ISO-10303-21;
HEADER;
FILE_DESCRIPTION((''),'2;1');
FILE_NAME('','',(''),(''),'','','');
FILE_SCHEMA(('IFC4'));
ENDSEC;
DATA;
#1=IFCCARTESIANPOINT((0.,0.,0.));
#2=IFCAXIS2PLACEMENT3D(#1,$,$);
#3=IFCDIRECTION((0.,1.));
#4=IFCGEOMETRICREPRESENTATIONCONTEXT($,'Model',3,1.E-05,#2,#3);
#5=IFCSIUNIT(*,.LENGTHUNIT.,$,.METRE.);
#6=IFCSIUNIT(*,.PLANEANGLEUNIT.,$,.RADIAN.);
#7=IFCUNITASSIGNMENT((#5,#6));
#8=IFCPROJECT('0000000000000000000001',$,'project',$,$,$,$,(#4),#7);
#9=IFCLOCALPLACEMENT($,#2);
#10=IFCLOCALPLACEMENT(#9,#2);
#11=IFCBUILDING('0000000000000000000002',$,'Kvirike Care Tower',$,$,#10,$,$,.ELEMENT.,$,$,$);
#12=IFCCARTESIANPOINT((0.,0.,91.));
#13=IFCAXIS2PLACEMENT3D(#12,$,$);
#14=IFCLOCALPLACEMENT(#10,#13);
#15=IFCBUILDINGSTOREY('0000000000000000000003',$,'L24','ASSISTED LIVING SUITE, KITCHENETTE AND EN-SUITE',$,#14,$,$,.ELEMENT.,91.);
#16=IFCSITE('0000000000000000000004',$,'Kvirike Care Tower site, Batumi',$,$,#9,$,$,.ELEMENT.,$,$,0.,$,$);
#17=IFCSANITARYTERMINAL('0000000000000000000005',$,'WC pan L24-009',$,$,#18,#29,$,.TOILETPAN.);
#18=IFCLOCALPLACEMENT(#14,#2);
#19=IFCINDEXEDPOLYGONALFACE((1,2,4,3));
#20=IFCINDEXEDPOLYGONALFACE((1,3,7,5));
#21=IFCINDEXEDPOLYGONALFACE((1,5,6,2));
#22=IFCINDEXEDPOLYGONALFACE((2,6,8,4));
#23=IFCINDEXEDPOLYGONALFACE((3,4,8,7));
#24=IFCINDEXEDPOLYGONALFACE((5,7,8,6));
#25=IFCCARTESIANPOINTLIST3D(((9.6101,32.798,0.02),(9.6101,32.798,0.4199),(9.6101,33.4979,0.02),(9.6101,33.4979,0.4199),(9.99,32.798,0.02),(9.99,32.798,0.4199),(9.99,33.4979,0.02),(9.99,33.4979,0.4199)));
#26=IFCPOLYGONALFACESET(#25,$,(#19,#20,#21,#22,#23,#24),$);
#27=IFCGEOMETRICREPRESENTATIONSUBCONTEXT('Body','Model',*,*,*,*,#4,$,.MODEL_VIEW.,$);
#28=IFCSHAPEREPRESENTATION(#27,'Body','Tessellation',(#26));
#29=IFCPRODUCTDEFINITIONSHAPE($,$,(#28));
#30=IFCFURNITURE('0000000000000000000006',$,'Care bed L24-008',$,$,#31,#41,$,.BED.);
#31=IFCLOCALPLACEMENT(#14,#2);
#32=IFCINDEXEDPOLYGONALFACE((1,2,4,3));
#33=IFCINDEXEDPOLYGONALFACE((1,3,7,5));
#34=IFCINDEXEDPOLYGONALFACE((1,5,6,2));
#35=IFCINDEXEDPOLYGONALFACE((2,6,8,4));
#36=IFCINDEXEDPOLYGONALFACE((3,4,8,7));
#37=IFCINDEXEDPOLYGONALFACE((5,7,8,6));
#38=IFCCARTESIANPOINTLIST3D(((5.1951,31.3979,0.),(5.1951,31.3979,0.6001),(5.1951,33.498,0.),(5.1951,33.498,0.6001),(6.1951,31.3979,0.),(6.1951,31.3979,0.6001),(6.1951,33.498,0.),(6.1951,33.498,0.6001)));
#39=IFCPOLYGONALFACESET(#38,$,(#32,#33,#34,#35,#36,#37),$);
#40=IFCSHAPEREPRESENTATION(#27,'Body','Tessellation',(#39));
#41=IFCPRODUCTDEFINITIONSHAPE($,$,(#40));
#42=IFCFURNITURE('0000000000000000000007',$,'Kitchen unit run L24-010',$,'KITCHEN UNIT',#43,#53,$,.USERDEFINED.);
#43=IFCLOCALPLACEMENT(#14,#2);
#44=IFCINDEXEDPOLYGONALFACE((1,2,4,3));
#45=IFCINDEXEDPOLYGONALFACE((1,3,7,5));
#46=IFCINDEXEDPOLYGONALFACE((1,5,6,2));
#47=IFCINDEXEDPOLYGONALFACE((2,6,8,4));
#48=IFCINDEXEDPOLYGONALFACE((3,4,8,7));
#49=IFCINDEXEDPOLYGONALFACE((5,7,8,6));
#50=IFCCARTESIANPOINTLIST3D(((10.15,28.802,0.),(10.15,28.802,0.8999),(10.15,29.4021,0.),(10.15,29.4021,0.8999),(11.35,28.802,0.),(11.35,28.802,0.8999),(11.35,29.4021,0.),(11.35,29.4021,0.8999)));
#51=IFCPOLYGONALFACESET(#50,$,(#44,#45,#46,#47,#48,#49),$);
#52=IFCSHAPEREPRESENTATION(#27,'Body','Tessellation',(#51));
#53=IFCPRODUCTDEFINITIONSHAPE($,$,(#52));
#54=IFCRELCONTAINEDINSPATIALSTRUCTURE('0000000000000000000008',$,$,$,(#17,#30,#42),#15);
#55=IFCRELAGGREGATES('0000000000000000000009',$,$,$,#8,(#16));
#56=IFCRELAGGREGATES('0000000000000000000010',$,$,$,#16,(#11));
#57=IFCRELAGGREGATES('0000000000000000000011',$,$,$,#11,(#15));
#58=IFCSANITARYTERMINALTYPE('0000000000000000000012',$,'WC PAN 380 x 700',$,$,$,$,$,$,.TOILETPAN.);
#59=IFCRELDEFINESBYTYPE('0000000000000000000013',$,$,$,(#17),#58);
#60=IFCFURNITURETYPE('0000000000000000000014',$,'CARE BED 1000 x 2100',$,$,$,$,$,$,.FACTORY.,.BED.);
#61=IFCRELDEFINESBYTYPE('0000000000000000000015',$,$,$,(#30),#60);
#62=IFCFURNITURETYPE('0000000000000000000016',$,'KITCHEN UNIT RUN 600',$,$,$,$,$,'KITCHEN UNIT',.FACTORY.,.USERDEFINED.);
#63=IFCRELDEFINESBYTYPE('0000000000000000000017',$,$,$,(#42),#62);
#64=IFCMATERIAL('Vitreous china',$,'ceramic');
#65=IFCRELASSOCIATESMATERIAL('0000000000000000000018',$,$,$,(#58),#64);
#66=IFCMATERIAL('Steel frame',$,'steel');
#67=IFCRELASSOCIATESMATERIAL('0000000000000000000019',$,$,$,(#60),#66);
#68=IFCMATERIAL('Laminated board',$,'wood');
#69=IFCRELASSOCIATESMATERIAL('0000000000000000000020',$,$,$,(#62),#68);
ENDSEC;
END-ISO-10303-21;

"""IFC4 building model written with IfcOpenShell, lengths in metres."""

from ifc_helpers import new_model, si_unit, direction, frame, origin, origin_2d, place, context, subcontext, project, spatial, rectangle, extrude, material, type_object, element, save


model = new_model("IFC4")

# Units and contexts
model_context = context("Model", 3, precision=1e-05, world=origin(), true_north=direction((0.0, 1.0)))
body_context = subcontext(model_context, "Body", "Model", "MODEL_VIEW")
ifc_project = project(units=[si_unit("LENGTHUNIT", "METRE"), si_unit("PLANEANGLEUNIT", "RADIAN")], contexts=[model_context])

# Site, building, storey
site_placement = place(None, origin())
site = spatial("IfcSite", under=ifc_project, at=site_placement, Name="Kvirike Care Tower site, Batumi", CompositionType="ELEMENT", RefElevation=0.0)
building_placement = place(site_placement, origin())
building = spatial("IfcBuilding", under=site, at=building_placement, Name="Kvirike Care Tower", CompositionType="ELEMENT")
storey_placement = place(building_placement, frame((0.0, 0.0, 91.0)))
storey = spatial("IfcBuildingStorey", under=building, at=storey_placement, Name="L24", Description="ASSISTED LIVING SUITE, KITCHENETTE AND EN-SUITE", CompositionType="ELEMENT", Elevation=91.0)

# Sanitary terminal
ifc_material_1 = material(Name="Vitreous china", Category="ceramic")
sanitary_terminal_type_1 = type_object("IfcSanitaryTerminalType", Name="WC PAN 380 x 700", PredefinedType="TOILETPAN", material=ifc_material_1)
sanitary_terminal_1_placement = place(storey_placement, frame((9.8, 33.1479, 0.02), z_axis=(0.0, 0.0, 1.0), x_axis=(1.0, 0.0, 0.0)))
element("IfcSanitaryTerminal", 1, at=sanitary_terminal_1_placement, inside=storey, type_object=sanitary_terminal_type_1, Name="WC pan L24-009", PredefinedType="TOILETPAN", context=body_context, shape_type="SweptSolid", body=[
    extrude(rectangle(XDim=0.3799, YDim=0.7, at=origin_2d()), origin(), (0.0, 0.0, 1.0), 0.3999),
])

# Furniture
ifc_material_2 = material(Name="Steel frame", Category="steel")
furniture_type_1 = type_object("IfcFurnitureType", Name="CARE BED 1000 x 2100", AssemblyPlace="FACTORY", PredefinedType="BED", material=ifc_material_2)
furniture_1_placement = place(storey_placement, frame((5.6951, 32.448, 0.0), z_axis=(0.0, 0.0, 1.0), x_axis=(1.0, 0.0, 0.0)))
element("IfcFurniture", 2, at=furniture_1_placement, inside=storey, type_object=furniture_type_1, Name="Care bed L24-008", PredefinedType="BED", context=body_context, shape_type="SweptSolid", body=[
    extrude(rectangle(XDim=1.0, YDim=2.1001, at=origin_2d()), origin(), (0.0, 0.0, 1.0), 0.6001),
])
ifc_material_3 = material(Name="Laminated board", Category="wood")
furniture_type_2 = type_object("IfcFurnitureType", Name="KITCHEN UNIT RUN 600", ElementType="KITCHEN UNIT", AssemblyPlace="FACTORY", PredefinedType="USERDEFINED", material=ifc_material_3)
furniture_2_placement = place(storey_placement, frame((10.75, 29.1021, 0.0), z_axis=(0.0, 0.0, 1.0), x_axis=(-1.0, 0.0, 0.0)))
element("IfcFurniture", 3, at=furniture_2_placement, inside=storey, type_object=furniture_type_2, Name="Kitchen unit run L24-010", ObjectType="KITCHEN UNIT", PredefinedType="USERDEFINED", context=body_context, shape_type="SweptSolid", body=[
    extrude(rectangle(XDim=1.2, YDim=0.6001, at=origin_2d()), origin(), (0.0, 0.0, 1.0), 0.8999),
])

save(model, "model.ifc")
